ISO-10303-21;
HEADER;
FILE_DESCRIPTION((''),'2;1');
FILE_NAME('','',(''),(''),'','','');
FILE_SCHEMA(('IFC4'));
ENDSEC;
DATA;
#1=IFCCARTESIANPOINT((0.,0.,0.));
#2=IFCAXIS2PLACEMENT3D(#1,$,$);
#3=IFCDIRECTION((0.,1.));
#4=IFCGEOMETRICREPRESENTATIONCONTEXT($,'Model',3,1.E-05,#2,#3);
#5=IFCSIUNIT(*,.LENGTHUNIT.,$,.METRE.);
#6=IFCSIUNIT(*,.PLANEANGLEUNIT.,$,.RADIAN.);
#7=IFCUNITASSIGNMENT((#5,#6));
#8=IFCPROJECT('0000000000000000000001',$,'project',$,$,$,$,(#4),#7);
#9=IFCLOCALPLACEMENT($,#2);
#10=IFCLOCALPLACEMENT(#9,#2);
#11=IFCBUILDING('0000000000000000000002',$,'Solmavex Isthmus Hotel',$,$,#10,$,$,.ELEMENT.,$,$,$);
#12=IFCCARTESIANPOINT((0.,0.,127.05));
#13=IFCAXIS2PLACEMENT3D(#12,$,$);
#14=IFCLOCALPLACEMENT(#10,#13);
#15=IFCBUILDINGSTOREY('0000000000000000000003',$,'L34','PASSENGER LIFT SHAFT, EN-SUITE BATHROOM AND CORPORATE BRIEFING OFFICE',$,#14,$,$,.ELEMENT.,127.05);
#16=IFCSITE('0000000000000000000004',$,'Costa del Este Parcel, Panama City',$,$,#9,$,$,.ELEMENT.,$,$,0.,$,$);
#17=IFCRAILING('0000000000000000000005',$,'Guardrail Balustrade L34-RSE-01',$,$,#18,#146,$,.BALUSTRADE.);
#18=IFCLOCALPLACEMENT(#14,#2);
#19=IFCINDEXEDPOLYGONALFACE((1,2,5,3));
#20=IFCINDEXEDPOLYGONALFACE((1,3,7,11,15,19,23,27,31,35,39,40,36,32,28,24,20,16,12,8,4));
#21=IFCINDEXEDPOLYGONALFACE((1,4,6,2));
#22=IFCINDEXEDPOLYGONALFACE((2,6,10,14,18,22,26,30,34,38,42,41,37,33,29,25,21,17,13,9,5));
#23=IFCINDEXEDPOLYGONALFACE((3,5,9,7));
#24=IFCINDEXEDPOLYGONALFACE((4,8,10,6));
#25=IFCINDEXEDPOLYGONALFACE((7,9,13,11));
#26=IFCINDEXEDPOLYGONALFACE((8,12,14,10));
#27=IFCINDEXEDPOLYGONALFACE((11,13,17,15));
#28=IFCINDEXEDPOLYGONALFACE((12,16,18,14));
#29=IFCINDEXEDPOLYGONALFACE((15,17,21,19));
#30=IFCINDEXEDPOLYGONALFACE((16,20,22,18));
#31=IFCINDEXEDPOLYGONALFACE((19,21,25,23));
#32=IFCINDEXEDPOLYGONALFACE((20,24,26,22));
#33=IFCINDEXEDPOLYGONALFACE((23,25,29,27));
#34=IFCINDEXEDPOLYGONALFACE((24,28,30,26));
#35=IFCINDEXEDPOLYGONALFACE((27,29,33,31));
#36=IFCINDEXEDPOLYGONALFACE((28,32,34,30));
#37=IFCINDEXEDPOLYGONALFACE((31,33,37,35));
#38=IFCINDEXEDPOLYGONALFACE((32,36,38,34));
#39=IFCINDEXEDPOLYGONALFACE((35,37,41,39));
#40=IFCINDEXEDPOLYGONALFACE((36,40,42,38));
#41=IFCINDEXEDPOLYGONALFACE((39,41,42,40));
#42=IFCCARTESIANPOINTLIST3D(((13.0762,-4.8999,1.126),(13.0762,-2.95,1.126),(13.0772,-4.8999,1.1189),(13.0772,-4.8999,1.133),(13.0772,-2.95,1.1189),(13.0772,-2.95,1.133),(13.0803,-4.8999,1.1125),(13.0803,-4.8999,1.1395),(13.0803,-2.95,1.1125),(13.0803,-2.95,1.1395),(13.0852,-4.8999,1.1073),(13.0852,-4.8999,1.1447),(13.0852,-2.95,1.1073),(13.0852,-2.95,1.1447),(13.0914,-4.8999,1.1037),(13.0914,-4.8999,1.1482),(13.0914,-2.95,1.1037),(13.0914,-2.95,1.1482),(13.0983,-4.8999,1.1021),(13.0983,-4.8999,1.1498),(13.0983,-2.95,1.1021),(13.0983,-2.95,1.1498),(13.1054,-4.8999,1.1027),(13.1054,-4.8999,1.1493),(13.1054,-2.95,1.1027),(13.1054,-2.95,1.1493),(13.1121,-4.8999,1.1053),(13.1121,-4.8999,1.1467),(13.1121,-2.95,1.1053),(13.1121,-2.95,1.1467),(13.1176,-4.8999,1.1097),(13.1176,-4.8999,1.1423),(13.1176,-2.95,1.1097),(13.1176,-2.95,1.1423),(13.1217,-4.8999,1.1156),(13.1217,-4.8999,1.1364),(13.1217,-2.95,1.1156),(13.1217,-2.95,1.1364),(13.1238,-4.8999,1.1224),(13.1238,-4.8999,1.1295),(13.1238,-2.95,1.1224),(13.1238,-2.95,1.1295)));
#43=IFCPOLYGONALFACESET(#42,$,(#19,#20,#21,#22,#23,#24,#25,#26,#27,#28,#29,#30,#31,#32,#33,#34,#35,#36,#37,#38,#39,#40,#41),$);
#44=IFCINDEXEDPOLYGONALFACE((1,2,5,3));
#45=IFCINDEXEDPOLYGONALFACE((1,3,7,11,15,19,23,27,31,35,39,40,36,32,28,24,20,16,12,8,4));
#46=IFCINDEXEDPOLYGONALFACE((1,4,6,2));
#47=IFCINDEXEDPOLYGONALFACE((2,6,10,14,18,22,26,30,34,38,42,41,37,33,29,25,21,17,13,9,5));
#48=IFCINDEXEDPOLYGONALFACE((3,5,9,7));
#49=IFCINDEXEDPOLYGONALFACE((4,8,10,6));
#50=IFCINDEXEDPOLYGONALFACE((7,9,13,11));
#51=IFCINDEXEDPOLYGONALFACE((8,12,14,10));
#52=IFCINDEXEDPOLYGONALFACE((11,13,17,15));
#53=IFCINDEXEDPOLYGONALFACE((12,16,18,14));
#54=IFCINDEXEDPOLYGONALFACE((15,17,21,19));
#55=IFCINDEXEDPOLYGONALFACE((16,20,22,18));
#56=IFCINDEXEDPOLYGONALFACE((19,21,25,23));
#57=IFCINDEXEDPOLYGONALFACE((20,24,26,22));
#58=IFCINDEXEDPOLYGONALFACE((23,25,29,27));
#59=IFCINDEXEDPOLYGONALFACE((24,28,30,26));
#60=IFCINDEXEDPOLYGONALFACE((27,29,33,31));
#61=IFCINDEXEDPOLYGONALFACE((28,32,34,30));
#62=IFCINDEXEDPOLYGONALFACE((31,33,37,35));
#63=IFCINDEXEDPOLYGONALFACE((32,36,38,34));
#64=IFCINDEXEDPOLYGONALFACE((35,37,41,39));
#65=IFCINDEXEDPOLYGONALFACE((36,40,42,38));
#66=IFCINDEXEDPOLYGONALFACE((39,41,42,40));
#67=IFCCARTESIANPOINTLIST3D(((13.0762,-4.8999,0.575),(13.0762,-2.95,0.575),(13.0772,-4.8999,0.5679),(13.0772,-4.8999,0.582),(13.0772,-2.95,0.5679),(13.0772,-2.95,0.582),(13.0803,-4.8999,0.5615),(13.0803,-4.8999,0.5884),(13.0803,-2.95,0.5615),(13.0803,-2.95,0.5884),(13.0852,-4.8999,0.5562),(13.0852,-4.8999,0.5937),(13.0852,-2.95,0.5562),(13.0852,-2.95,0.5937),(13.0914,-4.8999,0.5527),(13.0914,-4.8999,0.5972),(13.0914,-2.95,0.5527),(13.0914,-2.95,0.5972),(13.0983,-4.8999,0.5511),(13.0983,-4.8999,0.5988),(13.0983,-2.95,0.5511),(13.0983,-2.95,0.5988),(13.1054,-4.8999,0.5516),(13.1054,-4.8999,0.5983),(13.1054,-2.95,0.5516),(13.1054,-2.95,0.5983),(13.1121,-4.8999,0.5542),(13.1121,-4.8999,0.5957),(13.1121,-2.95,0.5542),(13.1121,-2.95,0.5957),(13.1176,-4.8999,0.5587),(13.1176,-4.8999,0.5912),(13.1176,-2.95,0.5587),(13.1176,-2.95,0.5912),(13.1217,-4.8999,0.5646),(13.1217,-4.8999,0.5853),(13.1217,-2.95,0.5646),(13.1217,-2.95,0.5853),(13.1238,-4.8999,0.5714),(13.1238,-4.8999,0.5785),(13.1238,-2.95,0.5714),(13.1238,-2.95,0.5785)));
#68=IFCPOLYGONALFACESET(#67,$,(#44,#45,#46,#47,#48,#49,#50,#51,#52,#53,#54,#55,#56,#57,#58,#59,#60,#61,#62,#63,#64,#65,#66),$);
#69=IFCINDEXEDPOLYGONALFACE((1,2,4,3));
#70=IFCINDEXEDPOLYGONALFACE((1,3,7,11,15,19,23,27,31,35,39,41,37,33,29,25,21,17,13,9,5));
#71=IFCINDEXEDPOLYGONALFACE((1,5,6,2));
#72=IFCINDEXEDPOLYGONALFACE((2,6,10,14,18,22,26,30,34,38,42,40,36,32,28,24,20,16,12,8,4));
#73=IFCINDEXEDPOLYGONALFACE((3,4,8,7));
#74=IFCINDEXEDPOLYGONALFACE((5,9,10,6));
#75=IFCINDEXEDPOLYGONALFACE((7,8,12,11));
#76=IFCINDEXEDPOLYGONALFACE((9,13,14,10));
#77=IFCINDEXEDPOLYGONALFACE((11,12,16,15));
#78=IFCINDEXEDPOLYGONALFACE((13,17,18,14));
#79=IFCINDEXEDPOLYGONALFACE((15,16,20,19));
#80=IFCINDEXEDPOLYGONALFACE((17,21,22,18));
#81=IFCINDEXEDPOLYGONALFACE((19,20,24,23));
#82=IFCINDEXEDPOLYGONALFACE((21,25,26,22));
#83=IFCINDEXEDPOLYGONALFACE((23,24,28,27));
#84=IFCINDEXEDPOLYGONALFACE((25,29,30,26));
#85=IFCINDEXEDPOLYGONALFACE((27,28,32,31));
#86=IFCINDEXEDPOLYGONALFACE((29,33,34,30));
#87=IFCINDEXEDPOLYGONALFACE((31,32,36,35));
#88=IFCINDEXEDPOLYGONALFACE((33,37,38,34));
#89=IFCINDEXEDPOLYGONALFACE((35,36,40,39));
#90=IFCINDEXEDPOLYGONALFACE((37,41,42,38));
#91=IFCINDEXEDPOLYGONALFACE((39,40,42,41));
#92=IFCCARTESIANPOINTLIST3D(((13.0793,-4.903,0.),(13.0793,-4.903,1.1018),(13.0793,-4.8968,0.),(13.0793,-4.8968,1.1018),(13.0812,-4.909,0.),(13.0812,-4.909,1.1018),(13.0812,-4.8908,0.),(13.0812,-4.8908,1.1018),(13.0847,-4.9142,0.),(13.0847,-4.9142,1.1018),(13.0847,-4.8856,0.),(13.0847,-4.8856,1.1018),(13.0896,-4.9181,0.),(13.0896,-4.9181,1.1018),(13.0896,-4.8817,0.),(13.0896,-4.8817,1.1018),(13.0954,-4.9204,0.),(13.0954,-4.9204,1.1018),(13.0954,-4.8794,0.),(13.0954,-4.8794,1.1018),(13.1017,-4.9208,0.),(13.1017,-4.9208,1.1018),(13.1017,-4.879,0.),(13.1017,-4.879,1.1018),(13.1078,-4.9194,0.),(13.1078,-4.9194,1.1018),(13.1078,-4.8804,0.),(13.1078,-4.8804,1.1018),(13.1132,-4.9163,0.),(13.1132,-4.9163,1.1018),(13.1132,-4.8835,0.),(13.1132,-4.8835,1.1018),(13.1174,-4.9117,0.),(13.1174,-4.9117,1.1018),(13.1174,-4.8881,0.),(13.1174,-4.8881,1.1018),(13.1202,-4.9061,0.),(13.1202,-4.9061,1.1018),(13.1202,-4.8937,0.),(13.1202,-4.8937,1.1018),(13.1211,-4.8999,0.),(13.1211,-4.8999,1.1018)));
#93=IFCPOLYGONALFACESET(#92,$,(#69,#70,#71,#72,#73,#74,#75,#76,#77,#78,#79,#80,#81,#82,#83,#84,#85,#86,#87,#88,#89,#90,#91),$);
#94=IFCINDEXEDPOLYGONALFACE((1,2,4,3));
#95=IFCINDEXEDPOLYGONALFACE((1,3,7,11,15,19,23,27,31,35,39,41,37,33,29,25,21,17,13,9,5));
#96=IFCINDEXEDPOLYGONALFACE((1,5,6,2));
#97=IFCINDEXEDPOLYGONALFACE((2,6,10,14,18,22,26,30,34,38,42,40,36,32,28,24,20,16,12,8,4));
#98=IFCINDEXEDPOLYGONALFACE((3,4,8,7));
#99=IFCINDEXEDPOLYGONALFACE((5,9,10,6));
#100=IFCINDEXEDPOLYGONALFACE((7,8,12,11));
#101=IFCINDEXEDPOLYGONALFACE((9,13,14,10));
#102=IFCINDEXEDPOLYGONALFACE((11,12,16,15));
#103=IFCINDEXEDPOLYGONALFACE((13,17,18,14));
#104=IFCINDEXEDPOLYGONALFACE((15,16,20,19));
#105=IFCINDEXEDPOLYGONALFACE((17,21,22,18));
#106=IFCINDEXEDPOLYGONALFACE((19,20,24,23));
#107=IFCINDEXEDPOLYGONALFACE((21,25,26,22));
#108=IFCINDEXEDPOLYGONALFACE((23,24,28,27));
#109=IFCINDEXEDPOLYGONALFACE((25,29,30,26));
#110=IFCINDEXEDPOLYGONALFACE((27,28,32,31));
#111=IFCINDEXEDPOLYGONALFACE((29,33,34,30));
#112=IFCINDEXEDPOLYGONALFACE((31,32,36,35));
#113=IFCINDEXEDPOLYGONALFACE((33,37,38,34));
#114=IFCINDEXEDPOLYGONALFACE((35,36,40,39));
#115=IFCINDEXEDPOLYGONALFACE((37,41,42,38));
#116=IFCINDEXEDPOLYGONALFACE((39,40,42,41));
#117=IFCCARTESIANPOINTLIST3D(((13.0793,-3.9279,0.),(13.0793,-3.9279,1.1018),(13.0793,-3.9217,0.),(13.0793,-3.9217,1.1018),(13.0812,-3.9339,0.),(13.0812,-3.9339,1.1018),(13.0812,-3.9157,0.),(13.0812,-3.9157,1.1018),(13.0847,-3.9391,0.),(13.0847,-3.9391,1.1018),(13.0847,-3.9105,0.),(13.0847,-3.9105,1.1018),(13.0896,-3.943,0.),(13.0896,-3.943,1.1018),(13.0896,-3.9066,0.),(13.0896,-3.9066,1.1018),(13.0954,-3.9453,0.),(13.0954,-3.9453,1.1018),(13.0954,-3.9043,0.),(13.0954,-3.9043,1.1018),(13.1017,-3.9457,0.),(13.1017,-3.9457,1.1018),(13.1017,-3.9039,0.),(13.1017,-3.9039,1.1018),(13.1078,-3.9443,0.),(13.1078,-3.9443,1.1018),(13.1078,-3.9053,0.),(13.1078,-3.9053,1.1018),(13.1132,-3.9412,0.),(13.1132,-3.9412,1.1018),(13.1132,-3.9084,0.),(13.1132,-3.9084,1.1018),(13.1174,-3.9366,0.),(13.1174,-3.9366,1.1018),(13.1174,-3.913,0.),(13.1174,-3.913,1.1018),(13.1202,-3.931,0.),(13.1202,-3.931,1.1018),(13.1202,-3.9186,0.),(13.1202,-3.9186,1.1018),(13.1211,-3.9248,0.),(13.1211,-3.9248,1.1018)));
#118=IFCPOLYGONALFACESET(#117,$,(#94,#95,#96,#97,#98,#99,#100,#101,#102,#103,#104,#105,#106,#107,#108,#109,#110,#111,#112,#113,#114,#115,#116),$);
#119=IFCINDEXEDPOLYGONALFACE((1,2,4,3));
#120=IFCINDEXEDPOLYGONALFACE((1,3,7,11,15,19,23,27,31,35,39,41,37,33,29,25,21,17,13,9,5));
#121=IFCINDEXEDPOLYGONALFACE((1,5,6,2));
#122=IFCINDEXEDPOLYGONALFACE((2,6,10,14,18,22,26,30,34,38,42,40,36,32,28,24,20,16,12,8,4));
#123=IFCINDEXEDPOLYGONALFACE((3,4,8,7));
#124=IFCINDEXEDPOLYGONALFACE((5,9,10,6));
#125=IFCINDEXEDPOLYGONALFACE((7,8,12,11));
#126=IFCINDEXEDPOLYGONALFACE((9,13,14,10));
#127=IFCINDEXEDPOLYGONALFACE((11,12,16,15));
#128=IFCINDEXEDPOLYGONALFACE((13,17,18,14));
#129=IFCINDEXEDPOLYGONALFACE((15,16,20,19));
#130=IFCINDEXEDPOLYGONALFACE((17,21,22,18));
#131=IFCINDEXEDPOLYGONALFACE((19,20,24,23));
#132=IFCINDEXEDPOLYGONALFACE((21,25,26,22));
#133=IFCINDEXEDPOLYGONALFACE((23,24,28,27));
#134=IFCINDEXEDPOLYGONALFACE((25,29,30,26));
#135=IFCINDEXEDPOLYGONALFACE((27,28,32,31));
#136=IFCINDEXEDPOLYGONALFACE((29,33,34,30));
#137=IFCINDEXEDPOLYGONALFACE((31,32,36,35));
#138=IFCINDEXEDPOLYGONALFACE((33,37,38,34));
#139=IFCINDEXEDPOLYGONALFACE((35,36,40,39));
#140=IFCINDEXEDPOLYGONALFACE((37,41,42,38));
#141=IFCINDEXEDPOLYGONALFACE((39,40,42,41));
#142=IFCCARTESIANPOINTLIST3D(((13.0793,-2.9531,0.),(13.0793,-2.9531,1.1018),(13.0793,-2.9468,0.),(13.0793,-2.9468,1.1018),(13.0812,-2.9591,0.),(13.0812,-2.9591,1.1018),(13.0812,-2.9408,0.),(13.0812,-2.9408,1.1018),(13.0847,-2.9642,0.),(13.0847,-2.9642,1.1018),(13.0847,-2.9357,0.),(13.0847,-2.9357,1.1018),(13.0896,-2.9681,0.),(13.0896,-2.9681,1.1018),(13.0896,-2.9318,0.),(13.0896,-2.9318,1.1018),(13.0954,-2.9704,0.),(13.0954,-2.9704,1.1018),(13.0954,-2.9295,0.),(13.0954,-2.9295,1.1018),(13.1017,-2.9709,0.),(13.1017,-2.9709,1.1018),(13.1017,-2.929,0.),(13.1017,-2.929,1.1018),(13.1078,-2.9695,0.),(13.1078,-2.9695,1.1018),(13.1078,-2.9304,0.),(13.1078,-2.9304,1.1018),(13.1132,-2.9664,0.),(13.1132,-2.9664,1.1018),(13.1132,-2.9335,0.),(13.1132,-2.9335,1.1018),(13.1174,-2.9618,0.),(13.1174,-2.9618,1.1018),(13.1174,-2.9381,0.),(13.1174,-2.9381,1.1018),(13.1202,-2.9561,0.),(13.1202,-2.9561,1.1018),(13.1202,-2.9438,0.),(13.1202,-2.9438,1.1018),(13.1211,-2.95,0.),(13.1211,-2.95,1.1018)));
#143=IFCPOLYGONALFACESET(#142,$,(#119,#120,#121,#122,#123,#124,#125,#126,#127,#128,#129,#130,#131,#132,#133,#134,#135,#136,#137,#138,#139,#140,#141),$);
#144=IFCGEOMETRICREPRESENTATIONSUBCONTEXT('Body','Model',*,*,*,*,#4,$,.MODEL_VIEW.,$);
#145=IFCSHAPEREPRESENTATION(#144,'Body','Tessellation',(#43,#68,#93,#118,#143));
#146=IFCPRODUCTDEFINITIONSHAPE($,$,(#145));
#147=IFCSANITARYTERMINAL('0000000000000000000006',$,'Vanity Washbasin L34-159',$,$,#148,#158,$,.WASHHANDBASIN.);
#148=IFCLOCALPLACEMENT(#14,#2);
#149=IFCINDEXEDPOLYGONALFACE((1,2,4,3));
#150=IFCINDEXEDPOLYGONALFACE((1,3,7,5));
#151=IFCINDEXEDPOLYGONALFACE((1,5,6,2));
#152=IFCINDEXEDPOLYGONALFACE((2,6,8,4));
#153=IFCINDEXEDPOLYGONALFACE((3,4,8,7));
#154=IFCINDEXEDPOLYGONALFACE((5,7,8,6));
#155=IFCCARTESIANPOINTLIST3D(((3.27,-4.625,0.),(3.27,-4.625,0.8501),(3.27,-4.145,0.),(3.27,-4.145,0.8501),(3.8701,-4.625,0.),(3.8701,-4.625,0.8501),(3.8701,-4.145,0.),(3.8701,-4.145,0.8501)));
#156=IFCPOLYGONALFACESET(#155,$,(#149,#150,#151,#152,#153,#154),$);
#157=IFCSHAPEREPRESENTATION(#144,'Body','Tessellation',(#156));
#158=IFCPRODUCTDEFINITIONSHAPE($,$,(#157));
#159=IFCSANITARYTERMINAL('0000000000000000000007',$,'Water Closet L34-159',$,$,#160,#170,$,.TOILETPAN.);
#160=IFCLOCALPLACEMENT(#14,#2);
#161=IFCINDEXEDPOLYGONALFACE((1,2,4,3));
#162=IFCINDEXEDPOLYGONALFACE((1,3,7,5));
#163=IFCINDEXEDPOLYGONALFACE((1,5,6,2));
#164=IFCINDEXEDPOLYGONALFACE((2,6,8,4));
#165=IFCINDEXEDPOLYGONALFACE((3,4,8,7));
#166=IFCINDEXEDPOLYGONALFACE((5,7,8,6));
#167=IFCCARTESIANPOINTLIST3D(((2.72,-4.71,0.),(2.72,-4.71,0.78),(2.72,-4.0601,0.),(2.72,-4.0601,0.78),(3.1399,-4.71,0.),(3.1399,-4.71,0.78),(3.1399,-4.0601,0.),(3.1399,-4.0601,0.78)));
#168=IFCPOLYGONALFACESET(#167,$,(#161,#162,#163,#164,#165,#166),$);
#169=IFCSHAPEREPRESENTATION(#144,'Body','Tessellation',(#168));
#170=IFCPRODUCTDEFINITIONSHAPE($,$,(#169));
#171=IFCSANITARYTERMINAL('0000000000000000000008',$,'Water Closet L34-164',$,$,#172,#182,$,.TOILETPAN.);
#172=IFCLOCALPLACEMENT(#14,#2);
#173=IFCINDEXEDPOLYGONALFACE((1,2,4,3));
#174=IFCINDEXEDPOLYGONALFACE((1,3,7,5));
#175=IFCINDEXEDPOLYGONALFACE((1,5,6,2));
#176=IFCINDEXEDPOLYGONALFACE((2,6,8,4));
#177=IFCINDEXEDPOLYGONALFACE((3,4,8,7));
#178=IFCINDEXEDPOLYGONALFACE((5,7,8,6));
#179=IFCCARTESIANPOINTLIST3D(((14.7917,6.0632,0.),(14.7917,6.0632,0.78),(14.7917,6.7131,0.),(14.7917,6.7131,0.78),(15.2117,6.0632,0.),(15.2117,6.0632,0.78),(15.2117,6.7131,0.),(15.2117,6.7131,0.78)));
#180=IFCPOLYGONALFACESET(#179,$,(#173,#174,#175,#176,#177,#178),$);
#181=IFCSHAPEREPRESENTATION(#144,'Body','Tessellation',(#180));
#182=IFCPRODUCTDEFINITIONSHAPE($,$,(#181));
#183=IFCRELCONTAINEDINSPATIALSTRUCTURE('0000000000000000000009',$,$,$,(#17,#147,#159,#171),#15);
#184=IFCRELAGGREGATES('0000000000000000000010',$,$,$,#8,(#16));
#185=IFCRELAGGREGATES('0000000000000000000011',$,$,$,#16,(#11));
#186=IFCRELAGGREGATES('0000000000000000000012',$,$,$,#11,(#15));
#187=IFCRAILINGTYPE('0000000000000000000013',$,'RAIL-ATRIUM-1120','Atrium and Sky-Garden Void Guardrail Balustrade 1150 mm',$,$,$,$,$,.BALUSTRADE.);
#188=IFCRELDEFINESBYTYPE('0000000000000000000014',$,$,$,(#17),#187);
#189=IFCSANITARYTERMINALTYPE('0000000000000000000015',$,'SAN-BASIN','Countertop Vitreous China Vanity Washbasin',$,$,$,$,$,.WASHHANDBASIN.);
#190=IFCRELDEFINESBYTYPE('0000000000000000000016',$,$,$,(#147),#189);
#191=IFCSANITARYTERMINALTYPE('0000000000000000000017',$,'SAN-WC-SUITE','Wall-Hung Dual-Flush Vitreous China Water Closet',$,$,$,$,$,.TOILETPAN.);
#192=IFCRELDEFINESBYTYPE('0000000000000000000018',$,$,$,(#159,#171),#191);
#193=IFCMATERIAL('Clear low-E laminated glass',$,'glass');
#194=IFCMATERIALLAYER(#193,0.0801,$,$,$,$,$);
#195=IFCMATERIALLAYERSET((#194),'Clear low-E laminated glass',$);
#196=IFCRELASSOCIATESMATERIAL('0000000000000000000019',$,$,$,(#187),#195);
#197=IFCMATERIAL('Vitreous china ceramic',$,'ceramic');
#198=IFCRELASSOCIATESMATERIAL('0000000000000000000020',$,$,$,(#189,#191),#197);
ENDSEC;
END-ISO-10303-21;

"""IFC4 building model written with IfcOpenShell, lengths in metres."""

from ifc_helpers import new_model, si_unit, direction, frame, origin, origin_2d, place, context, subcontext, project, spatial, rectangle, circle, extrude, material, layer, layer_set, type_object, element, save


model = new_model("IFC4")

# Units and contexts
model_context = context("Model", 3, precision=1e-05, world=origin(), true_north=direction((0.0, 1.0)))
body_context = subcontext(model_context, "Body", "Model", "MODEL_VIEW")
ifc_project = project(units=[si_unit("LENGTHUNIT", "METRE"), si_unit("PLANEANGLEUNIT", "RADIAN")], contexts=[model_context])

# Site, building, storey
site_placement = place(None, origin())
site = spatial("IfcSite", under=ifc_project, at=site_placement, Name="Costa del Este Parcel, Panama City", CompositionType="ELEMENT", RefElevation=0.0)
building_placement = place(site_placement, origin())
building = spatial("IfcBuilding", under=site, at=building_placement, Name="Solmavex Isthmus Hotel", CompositionType="ELEMENT")
storey_placement = place(building_placement, frame((0.0, 0.0, 127.05)))
storey = spatial("IfcBuildingStorey", under=building, at=storey_placement, Name="L34", Description="PASSENGER LIFT SHAFT, EN-SUITE BATHROOM AND CORPORATE BRIEFING OFFICE", CompositionType="ELEMENT", Elevation=127.05)

# Railing
ifc_material_1 = material(Name="Clear low-E laminated glass", Category="glass")
ifc_layer_1 = layer(ifc_material_1, 0.0801)
ifc_layer_set_1 = layer_set([ifc_layer_1], Name="Clear low-E laminated glass")
railing_type = type_object("IfcRailingType", Name="RAIL-ATRIUM-1120", Description="Atrium and Sky-Garden Void Guardrail Balustrade 1150 mm", PredefinedType="BALUSTRADE", material=ifc_layer_set_1)
railing_placement = place(storey_placement, frame((13.1001, -4.8999, 0.0)))
element("IfcRailing", 1, at=railing_placement, inside=storey, type_object=railing_type, Name="Guardrail Balustrade L34-RSE-01", PredefinedType="BALUSTRADE", context=body_context, shape_type="SweptSolid", body=[
    extrude(circle(Radius=0.0239, at=origin_2d()), frame((0.0, 0.0, 1.126), z_axis=(0.0, 1.0, 0.0), x_axis=(-1.0, 0.0, 0.0)), (0.0, 0.0, 1.0), 1.95),
    extrude(circle(Radius=0.0239, at=origin_2d()), frame((0.0, 0.0, 0.575), z_axis=(0.0, 1.0, 0.0), x_axis=(-1.0, 0.0, 0.0)), (0.0, 0.0, 1.0), 1.95),
    extrude(circle(Radius=0.021, at=origin_2d()), origin(), (0.0, 0.0, 1.0), 1.1018),
    extrude(circle(Radius=0.021, at=origin_2d()), frame((0.0, 0.9751, 0.0)), (0.0, 0.0, 1.0), 1.1018),
    extrude(circle(Radius=0.021, at=origin_2d()), frame((0.0, 1.95, 0.0)), (0.0, 0.0, 1.0), 1.1018),
])

# Sanitary terminals
ifc_material_2 = material(Name="Vitreous china ceramic", Category="ceramic")
sanitary_terminal_type_1 = type_object("IfcSanitaryTerminalType", Name="SAN-BASIN", Description="Countertop Vitreous China Vanity Washbasin", PredefinedType="WASHHANDBASIN", material=ifc_material_2)
sanitary_terminal_placement = place(storey_placement, frame((3.5701, -4.385, 0.0), z_axis=(0.0, 0.0, 1.0), x_axis=(1.0, 0.0, 0.0)))
element("IfcSanitaryTerminal", 2, at=sanitary_terminal_placement, inside=storey, type_object=sanitary_terminal_type_1, Name="Vanity Washbasin L34-159", PredefinedType="WASHHANDBASIN", context=body_context, shape_type="SweptSolid", body=[
    extrude(rectangle(XDim=0.6001, YDim=0.48, at=origin_2d()), origin(), (0.0, 0.0, 1.0), 0.8501),
])
sanitary_terminal_type_2 = type_object("IfcSanitaryTerminalType", Name="SAN-WC-SUITE", Description="Wall-Hung Dual-Flush Vitreous China Water Closet", PredefinedType="TOILETPAN", material=ifc_material_2)
for number, where, z_axis, x_axis, name in (
    (3, (2.9299, -4.385, 0.0), (0.0, 0.0, 1.0), (1.0, 0.0, 0.0), "Water Closet L34-159"),
    (4, (15.0017, 6.3882, 0.0), (0.0, 0.0, 1.0), (1.0, 0.0, 0.0), "Water Closet L34-164"),
):
    element("IfcSanitaryTerminal", number, at=place(storey_placement, frame(where, z_axis=z_axis, x_axis=x_axis)), inside=storey, type_object=sanitary_terminal_type_2, Name=name, PredefinedType="TOILETPAN", context=body_context, shape_type="SweptSolid", body=[
        extrude(rectangle(XDim=0.4199, YDim=0.6499, at=origin_2d()), origin(), (0.0, 0.0, 1.0), 0.78),
    ])

save(model, "model.ifc")
